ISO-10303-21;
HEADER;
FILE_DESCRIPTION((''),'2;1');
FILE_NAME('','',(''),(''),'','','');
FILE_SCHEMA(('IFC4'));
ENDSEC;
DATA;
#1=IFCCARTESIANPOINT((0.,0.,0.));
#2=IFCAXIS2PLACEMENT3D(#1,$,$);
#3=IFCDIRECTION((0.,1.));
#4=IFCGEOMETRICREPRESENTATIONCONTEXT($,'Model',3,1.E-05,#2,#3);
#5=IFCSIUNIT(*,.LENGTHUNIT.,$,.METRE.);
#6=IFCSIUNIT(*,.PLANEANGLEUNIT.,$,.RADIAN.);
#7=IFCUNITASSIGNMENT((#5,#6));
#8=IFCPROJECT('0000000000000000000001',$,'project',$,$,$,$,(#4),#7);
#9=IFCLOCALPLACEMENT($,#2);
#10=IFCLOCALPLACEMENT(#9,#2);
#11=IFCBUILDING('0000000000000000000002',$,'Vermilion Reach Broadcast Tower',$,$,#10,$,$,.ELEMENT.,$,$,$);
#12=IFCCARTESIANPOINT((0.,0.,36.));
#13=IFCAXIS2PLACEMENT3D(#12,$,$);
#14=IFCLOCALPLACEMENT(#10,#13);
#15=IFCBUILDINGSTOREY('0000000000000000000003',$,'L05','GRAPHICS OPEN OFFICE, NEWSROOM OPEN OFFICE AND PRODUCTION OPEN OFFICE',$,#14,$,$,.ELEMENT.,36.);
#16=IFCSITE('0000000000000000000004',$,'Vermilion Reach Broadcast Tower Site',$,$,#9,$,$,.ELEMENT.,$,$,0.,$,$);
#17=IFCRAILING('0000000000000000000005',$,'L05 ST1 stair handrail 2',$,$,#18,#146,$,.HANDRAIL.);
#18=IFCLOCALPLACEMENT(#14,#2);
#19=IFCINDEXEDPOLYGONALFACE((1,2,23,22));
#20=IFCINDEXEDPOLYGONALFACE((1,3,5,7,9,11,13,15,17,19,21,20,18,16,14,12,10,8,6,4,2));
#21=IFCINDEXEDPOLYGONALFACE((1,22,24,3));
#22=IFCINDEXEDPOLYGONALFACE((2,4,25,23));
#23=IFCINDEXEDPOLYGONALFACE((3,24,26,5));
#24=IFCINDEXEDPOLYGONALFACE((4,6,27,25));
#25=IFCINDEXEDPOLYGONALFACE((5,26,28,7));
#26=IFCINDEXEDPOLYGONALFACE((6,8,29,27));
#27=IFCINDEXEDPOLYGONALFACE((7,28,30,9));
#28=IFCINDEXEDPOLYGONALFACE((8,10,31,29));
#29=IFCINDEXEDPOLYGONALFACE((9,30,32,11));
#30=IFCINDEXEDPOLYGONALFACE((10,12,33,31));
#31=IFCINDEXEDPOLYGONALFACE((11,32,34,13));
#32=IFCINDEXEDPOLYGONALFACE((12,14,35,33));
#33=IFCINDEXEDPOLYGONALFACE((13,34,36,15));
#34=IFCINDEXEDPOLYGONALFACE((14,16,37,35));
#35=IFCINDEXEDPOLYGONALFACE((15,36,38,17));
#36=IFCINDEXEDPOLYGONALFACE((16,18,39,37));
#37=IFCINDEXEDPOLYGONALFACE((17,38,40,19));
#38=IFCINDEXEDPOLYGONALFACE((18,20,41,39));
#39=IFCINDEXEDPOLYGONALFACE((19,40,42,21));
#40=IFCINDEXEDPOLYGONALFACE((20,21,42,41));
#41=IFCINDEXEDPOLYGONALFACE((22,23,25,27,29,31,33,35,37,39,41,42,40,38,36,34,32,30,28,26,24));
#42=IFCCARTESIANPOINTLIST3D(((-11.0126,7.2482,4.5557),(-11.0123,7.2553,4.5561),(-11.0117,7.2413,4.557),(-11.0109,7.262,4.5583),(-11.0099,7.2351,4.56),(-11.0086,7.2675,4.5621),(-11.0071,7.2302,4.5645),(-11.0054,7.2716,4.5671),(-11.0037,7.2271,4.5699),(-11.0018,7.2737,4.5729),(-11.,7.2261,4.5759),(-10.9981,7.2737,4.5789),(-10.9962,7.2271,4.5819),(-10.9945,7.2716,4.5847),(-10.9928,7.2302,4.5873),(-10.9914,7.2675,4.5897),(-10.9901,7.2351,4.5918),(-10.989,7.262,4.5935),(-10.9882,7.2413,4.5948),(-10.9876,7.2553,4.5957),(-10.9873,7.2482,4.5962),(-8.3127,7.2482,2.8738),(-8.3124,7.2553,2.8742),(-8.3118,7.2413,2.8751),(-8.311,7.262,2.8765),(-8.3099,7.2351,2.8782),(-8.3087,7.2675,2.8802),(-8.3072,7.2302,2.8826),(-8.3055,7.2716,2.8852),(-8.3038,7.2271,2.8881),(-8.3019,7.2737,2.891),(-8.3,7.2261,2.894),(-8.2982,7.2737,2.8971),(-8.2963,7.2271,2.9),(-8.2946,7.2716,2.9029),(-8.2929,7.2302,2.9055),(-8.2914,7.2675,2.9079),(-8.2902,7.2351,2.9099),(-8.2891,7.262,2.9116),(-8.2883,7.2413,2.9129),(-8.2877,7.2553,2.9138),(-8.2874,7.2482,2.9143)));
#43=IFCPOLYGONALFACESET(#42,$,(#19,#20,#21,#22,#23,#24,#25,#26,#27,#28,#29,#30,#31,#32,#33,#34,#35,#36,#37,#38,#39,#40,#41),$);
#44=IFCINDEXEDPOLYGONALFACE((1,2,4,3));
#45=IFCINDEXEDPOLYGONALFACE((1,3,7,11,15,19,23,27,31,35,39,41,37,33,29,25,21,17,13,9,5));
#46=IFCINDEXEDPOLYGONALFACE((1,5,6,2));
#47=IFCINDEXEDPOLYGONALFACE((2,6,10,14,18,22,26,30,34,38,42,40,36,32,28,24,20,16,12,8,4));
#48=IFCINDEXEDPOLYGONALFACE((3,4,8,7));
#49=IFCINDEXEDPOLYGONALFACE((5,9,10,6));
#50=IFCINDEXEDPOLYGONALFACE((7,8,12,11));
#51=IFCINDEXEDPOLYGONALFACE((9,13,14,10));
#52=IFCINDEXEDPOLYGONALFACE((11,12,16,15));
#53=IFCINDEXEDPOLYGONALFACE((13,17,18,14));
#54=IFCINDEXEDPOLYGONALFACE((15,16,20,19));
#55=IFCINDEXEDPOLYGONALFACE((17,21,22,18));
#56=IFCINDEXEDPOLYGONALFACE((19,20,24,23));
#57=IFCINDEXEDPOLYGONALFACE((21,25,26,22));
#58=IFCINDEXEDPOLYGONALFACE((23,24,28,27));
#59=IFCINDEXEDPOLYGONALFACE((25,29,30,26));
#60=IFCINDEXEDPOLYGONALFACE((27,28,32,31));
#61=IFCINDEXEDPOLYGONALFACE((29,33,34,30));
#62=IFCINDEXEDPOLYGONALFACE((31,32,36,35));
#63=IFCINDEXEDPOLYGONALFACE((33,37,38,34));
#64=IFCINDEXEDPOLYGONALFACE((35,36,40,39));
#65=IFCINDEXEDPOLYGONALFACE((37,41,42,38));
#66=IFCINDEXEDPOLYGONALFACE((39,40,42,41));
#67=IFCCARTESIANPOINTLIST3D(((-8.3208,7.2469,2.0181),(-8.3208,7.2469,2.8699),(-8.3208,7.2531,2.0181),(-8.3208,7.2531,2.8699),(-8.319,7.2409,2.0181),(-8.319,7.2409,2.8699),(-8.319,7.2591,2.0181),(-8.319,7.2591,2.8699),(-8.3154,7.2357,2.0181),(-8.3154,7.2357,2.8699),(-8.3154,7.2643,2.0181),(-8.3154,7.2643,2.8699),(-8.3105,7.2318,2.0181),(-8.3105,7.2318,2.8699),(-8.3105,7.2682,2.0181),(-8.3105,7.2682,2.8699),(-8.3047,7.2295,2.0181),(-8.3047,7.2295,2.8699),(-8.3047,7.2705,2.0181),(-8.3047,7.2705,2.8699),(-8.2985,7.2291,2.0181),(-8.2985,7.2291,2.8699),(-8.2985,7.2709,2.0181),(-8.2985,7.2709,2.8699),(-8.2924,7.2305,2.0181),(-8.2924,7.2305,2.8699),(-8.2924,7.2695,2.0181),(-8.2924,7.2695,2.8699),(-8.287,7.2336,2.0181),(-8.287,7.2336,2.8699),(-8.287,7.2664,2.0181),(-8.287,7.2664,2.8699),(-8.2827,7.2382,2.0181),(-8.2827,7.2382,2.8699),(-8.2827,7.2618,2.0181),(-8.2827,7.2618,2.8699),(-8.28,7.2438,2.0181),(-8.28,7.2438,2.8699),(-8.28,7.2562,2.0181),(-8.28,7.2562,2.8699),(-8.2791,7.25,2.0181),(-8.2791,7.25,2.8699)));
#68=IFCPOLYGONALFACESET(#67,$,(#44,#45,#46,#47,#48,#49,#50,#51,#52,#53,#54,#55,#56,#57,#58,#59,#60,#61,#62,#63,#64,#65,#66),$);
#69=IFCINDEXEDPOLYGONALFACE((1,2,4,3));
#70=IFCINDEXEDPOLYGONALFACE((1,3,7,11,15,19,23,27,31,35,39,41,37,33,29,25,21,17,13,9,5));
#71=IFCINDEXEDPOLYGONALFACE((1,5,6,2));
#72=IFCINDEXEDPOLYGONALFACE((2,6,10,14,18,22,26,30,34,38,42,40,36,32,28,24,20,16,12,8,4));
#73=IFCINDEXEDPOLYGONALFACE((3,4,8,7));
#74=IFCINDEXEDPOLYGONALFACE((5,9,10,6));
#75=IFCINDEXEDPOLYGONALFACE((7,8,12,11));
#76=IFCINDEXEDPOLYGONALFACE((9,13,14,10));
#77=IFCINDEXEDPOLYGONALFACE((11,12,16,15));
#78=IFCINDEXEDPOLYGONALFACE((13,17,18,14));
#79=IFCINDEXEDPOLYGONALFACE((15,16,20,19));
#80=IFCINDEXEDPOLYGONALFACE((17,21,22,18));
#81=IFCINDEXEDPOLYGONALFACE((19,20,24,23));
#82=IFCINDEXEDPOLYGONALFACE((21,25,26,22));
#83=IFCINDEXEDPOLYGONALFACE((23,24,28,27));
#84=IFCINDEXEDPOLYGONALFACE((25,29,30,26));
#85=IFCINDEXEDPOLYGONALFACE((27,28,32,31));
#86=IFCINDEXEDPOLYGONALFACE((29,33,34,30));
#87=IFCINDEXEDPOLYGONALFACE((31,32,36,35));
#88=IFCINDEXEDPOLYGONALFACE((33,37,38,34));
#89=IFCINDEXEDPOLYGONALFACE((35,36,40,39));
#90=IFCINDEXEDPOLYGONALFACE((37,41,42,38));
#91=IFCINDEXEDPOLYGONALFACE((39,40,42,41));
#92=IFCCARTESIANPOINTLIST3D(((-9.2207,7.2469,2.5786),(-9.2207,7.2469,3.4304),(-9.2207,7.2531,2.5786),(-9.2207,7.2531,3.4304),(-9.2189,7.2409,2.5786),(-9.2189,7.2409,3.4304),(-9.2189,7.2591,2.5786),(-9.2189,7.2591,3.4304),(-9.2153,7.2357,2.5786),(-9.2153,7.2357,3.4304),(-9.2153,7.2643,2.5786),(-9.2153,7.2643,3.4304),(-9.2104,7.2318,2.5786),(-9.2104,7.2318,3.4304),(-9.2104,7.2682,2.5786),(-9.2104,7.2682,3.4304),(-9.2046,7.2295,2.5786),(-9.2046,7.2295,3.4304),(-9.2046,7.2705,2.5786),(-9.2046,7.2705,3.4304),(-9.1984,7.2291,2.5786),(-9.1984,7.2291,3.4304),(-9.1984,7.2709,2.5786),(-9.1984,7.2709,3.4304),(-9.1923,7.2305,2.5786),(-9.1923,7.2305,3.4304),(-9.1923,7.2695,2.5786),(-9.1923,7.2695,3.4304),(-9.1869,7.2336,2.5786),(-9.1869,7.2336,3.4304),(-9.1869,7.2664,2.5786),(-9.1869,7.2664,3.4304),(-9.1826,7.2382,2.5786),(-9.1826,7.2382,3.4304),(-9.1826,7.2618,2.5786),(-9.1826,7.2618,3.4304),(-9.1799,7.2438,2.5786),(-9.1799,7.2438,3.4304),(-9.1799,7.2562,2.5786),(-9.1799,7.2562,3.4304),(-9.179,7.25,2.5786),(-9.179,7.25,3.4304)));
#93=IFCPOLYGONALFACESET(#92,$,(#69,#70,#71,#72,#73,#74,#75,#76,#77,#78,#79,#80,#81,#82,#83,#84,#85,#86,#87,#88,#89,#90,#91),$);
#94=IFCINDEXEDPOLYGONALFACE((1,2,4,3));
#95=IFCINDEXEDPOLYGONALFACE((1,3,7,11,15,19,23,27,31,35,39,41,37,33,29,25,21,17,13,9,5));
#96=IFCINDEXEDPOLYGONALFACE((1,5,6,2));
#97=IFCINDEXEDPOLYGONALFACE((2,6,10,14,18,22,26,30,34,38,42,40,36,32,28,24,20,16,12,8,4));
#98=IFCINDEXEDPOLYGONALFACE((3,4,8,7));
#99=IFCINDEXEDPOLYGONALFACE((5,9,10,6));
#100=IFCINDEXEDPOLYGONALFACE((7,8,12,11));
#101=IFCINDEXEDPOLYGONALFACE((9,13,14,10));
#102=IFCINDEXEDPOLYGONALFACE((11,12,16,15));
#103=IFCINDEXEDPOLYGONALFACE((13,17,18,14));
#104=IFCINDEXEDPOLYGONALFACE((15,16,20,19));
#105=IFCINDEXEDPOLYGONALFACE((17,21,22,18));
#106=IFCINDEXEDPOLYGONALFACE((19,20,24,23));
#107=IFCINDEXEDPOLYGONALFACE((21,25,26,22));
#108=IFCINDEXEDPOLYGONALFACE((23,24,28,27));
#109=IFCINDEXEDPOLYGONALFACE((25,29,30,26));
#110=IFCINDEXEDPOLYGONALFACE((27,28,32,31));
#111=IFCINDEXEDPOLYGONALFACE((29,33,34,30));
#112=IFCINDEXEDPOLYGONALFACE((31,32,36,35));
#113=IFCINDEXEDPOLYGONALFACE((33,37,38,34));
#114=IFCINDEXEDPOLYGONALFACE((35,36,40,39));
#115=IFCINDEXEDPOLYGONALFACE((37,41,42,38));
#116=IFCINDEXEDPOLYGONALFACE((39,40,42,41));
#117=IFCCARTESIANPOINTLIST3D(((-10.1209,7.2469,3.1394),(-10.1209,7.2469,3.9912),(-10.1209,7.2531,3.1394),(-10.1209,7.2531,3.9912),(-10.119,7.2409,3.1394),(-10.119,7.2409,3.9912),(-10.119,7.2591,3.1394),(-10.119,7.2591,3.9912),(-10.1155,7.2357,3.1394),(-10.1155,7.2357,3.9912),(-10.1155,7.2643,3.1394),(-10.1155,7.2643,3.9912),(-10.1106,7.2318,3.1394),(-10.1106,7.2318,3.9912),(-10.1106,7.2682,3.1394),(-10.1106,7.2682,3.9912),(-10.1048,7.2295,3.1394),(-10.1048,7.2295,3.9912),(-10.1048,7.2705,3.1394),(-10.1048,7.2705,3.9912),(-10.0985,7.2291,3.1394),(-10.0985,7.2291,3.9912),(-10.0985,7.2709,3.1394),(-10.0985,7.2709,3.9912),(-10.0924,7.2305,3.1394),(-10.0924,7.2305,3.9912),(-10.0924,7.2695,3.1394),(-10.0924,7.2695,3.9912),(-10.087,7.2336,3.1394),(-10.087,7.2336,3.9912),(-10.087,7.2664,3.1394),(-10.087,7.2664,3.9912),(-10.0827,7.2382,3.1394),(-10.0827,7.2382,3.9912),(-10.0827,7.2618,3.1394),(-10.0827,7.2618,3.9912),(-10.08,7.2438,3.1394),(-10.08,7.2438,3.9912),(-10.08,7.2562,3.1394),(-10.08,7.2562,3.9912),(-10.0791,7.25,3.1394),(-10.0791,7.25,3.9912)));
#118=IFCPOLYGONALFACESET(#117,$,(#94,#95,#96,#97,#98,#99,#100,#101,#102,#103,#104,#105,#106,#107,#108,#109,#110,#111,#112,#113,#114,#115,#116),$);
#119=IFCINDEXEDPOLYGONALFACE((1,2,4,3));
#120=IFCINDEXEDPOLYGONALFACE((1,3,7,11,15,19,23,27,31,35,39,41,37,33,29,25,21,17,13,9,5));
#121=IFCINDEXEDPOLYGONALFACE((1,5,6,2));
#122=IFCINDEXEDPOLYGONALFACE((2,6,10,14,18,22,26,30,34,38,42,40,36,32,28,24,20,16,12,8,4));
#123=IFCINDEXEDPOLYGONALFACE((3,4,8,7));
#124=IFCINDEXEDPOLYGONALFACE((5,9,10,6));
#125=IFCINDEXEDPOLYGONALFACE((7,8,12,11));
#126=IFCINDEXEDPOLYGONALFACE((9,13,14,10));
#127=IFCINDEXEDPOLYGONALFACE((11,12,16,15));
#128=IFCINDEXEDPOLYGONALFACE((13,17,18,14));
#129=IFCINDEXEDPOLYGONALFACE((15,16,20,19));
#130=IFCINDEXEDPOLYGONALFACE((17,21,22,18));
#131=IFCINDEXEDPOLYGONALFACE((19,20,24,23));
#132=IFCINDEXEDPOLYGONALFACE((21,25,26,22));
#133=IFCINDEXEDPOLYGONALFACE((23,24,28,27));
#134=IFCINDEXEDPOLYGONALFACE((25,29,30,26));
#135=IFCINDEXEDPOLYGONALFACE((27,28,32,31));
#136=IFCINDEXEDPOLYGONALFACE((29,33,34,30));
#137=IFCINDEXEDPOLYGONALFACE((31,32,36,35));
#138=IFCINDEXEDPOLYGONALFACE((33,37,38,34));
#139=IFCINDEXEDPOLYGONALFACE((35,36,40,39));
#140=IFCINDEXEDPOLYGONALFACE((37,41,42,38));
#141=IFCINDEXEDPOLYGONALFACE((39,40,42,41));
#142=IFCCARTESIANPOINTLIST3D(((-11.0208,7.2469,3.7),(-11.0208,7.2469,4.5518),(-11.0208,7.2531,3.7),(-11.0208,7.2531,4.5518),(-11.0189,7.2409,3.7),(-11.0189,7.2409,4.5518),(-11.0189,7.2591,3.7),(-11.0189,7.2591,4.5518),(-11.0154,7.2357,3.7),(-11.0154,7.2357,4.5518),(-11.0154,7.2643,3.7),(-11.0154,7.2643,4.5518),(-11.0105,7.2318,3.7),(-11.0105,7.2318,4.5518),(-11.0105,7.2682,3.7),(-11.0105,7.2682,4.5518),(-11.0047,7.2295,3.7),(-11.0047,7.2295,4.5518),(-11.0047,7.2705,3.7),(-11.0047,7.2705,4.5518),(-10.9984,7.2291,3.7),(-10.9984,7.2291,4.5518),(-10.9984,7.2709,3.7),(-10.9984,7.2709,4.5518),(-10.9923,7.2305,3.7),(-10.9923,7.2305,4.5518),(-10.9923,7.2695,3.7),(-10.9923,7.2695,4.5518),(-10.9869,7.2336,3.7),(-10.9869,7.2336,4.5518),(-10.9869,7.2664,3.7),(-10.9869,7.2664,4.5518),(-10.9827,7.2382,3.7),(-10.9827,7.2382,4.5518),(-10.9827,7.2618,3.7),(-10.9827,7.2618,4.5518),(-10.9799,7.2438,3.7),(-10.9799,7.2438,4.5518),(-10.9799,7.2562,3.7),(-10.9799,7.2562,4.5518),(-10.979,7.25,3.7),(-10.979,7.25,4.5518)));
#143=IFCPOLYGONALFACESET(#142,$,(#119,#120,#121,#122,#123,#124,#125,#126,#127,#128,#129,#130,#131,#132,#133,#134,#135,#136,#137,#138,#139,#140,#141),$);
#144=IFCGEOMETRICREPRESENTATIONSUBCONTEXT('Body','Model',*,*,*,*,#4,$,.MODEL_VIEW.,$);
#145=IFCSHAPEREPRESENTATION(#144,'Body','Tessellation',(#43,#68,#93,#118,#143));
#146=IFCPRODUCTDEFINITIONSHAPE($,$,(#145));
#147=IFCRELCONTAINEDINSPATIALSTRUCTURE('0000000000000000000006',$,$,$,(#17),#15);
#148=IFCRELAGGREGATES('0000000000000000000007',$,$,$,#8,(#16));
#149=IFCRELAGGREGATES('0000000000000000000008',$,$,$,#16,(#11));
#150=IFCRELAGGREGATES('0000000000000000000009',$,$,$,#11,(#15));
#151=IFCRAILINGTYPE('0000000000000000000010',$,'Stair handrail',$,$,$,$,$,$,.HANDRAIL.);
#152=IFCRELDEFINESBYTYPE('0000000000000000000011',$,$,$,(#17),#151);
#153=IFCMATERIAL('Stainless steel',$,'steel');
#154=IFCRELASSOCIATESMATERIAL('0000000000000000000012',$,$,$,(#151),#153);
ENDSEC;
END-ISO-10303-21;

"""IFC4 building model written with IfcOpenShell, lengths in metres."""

from ifc_helpers import new_model, si_unit, direction, frame, origin, origin_2d, place, context, subcontext, project, spatial, circle, extrude, material, type_object, element, save


model = new_model("IFC4")

# Units and contexts
model_context = context("Model", 3, precision=1e-05, world=origin(), true_north=direction((0.0, 1.0)))
body_context = subcontext(model_context, "Body", "Model", "MODEL_VIEW")
ifc_project = project(units=[si_unit("LENGTHUNIT", "METRE"), si_unit("PLANEANGLEUNIT", "RADIAN")], contexts=[model_context])

# Site, building, storey
site_placement = place(None, origin())
site = spatial("IfcSite", under=ifc_project, at=site_placement, Name="Vermilion Reach Broadcast Tower Site", CompositionType="ELEMENT", RefElevation=0.0)
building_placement = place(site_placement, origin())
building = spatial("IfcBuilding", under=site, at=building_placement, Name="Vermilion Reach Broadcast Tower", CompositionType="ELEMENT")
storey_placement = place(building_placement, frame((0.0, 0.0, 36.0)))
storey = spatial("IfcBuildingStorey", under=building, at=storey_placement, Name="L05", Description="GRAPHICS OPEN OFFICE, NEWSROOM OPEN OFFICE AND PRODUCTION OPEN OFFICE", CompositionType="ELEMENT", Elevation=36.0)

# Railing
ifc_material_1 = material(Name="Stainless steel", Category="steel")
railing_type_1 = type_object("IfcRailingType", Name="Stair handrail", PredefinedType="HANDRAIL", material=ifc_material_1)
railing_1_placement = place(storey_placement, frame((-8.3, 7.25, 2.0181)))
element("IfcRailing", 1, at=railing_1_placement, inside=storey, type_object=railing_type_1, Name="L05 ST1 stair handrail 2", PredefinedType="HANDRAIL", context=body_context, shape_type="SweptSolid", body=[
    extrude(circle(Radius=0.0239, at=origin_2d()), frame((0.0, 0.0, 0.876), z_axis=(-0.848786, 0.0, 0.528736), x_axis=(0.0, -1.0, 0.0)), (0.0, 0.0, 1.0), 3.1809),
    extrude(circle(Radius=0.021, at=origin_2d()), origin(), (0.0, 0.0, 1.0), 0.8518),
    extrude(circle(Radius=0.021, at=origin_2d()), frame((-0.8999, 0.0, 0.5605)), (0.0, 0.0, 1.0), 0.8518),
    extrude(circle(Radius=0.021, at=origin_2d()), frame((-1.8, 0.0, 1.1213)), (0.0, 0.0, 1.0), 0.8518),
    extrude(circle(Radius=0.021, at=origin_2d()), frame((-2.7, 0.0, 1.6819)), (0.0, 0.0, 1.0), 0.8518),
])

save(model, "model.ifc")
